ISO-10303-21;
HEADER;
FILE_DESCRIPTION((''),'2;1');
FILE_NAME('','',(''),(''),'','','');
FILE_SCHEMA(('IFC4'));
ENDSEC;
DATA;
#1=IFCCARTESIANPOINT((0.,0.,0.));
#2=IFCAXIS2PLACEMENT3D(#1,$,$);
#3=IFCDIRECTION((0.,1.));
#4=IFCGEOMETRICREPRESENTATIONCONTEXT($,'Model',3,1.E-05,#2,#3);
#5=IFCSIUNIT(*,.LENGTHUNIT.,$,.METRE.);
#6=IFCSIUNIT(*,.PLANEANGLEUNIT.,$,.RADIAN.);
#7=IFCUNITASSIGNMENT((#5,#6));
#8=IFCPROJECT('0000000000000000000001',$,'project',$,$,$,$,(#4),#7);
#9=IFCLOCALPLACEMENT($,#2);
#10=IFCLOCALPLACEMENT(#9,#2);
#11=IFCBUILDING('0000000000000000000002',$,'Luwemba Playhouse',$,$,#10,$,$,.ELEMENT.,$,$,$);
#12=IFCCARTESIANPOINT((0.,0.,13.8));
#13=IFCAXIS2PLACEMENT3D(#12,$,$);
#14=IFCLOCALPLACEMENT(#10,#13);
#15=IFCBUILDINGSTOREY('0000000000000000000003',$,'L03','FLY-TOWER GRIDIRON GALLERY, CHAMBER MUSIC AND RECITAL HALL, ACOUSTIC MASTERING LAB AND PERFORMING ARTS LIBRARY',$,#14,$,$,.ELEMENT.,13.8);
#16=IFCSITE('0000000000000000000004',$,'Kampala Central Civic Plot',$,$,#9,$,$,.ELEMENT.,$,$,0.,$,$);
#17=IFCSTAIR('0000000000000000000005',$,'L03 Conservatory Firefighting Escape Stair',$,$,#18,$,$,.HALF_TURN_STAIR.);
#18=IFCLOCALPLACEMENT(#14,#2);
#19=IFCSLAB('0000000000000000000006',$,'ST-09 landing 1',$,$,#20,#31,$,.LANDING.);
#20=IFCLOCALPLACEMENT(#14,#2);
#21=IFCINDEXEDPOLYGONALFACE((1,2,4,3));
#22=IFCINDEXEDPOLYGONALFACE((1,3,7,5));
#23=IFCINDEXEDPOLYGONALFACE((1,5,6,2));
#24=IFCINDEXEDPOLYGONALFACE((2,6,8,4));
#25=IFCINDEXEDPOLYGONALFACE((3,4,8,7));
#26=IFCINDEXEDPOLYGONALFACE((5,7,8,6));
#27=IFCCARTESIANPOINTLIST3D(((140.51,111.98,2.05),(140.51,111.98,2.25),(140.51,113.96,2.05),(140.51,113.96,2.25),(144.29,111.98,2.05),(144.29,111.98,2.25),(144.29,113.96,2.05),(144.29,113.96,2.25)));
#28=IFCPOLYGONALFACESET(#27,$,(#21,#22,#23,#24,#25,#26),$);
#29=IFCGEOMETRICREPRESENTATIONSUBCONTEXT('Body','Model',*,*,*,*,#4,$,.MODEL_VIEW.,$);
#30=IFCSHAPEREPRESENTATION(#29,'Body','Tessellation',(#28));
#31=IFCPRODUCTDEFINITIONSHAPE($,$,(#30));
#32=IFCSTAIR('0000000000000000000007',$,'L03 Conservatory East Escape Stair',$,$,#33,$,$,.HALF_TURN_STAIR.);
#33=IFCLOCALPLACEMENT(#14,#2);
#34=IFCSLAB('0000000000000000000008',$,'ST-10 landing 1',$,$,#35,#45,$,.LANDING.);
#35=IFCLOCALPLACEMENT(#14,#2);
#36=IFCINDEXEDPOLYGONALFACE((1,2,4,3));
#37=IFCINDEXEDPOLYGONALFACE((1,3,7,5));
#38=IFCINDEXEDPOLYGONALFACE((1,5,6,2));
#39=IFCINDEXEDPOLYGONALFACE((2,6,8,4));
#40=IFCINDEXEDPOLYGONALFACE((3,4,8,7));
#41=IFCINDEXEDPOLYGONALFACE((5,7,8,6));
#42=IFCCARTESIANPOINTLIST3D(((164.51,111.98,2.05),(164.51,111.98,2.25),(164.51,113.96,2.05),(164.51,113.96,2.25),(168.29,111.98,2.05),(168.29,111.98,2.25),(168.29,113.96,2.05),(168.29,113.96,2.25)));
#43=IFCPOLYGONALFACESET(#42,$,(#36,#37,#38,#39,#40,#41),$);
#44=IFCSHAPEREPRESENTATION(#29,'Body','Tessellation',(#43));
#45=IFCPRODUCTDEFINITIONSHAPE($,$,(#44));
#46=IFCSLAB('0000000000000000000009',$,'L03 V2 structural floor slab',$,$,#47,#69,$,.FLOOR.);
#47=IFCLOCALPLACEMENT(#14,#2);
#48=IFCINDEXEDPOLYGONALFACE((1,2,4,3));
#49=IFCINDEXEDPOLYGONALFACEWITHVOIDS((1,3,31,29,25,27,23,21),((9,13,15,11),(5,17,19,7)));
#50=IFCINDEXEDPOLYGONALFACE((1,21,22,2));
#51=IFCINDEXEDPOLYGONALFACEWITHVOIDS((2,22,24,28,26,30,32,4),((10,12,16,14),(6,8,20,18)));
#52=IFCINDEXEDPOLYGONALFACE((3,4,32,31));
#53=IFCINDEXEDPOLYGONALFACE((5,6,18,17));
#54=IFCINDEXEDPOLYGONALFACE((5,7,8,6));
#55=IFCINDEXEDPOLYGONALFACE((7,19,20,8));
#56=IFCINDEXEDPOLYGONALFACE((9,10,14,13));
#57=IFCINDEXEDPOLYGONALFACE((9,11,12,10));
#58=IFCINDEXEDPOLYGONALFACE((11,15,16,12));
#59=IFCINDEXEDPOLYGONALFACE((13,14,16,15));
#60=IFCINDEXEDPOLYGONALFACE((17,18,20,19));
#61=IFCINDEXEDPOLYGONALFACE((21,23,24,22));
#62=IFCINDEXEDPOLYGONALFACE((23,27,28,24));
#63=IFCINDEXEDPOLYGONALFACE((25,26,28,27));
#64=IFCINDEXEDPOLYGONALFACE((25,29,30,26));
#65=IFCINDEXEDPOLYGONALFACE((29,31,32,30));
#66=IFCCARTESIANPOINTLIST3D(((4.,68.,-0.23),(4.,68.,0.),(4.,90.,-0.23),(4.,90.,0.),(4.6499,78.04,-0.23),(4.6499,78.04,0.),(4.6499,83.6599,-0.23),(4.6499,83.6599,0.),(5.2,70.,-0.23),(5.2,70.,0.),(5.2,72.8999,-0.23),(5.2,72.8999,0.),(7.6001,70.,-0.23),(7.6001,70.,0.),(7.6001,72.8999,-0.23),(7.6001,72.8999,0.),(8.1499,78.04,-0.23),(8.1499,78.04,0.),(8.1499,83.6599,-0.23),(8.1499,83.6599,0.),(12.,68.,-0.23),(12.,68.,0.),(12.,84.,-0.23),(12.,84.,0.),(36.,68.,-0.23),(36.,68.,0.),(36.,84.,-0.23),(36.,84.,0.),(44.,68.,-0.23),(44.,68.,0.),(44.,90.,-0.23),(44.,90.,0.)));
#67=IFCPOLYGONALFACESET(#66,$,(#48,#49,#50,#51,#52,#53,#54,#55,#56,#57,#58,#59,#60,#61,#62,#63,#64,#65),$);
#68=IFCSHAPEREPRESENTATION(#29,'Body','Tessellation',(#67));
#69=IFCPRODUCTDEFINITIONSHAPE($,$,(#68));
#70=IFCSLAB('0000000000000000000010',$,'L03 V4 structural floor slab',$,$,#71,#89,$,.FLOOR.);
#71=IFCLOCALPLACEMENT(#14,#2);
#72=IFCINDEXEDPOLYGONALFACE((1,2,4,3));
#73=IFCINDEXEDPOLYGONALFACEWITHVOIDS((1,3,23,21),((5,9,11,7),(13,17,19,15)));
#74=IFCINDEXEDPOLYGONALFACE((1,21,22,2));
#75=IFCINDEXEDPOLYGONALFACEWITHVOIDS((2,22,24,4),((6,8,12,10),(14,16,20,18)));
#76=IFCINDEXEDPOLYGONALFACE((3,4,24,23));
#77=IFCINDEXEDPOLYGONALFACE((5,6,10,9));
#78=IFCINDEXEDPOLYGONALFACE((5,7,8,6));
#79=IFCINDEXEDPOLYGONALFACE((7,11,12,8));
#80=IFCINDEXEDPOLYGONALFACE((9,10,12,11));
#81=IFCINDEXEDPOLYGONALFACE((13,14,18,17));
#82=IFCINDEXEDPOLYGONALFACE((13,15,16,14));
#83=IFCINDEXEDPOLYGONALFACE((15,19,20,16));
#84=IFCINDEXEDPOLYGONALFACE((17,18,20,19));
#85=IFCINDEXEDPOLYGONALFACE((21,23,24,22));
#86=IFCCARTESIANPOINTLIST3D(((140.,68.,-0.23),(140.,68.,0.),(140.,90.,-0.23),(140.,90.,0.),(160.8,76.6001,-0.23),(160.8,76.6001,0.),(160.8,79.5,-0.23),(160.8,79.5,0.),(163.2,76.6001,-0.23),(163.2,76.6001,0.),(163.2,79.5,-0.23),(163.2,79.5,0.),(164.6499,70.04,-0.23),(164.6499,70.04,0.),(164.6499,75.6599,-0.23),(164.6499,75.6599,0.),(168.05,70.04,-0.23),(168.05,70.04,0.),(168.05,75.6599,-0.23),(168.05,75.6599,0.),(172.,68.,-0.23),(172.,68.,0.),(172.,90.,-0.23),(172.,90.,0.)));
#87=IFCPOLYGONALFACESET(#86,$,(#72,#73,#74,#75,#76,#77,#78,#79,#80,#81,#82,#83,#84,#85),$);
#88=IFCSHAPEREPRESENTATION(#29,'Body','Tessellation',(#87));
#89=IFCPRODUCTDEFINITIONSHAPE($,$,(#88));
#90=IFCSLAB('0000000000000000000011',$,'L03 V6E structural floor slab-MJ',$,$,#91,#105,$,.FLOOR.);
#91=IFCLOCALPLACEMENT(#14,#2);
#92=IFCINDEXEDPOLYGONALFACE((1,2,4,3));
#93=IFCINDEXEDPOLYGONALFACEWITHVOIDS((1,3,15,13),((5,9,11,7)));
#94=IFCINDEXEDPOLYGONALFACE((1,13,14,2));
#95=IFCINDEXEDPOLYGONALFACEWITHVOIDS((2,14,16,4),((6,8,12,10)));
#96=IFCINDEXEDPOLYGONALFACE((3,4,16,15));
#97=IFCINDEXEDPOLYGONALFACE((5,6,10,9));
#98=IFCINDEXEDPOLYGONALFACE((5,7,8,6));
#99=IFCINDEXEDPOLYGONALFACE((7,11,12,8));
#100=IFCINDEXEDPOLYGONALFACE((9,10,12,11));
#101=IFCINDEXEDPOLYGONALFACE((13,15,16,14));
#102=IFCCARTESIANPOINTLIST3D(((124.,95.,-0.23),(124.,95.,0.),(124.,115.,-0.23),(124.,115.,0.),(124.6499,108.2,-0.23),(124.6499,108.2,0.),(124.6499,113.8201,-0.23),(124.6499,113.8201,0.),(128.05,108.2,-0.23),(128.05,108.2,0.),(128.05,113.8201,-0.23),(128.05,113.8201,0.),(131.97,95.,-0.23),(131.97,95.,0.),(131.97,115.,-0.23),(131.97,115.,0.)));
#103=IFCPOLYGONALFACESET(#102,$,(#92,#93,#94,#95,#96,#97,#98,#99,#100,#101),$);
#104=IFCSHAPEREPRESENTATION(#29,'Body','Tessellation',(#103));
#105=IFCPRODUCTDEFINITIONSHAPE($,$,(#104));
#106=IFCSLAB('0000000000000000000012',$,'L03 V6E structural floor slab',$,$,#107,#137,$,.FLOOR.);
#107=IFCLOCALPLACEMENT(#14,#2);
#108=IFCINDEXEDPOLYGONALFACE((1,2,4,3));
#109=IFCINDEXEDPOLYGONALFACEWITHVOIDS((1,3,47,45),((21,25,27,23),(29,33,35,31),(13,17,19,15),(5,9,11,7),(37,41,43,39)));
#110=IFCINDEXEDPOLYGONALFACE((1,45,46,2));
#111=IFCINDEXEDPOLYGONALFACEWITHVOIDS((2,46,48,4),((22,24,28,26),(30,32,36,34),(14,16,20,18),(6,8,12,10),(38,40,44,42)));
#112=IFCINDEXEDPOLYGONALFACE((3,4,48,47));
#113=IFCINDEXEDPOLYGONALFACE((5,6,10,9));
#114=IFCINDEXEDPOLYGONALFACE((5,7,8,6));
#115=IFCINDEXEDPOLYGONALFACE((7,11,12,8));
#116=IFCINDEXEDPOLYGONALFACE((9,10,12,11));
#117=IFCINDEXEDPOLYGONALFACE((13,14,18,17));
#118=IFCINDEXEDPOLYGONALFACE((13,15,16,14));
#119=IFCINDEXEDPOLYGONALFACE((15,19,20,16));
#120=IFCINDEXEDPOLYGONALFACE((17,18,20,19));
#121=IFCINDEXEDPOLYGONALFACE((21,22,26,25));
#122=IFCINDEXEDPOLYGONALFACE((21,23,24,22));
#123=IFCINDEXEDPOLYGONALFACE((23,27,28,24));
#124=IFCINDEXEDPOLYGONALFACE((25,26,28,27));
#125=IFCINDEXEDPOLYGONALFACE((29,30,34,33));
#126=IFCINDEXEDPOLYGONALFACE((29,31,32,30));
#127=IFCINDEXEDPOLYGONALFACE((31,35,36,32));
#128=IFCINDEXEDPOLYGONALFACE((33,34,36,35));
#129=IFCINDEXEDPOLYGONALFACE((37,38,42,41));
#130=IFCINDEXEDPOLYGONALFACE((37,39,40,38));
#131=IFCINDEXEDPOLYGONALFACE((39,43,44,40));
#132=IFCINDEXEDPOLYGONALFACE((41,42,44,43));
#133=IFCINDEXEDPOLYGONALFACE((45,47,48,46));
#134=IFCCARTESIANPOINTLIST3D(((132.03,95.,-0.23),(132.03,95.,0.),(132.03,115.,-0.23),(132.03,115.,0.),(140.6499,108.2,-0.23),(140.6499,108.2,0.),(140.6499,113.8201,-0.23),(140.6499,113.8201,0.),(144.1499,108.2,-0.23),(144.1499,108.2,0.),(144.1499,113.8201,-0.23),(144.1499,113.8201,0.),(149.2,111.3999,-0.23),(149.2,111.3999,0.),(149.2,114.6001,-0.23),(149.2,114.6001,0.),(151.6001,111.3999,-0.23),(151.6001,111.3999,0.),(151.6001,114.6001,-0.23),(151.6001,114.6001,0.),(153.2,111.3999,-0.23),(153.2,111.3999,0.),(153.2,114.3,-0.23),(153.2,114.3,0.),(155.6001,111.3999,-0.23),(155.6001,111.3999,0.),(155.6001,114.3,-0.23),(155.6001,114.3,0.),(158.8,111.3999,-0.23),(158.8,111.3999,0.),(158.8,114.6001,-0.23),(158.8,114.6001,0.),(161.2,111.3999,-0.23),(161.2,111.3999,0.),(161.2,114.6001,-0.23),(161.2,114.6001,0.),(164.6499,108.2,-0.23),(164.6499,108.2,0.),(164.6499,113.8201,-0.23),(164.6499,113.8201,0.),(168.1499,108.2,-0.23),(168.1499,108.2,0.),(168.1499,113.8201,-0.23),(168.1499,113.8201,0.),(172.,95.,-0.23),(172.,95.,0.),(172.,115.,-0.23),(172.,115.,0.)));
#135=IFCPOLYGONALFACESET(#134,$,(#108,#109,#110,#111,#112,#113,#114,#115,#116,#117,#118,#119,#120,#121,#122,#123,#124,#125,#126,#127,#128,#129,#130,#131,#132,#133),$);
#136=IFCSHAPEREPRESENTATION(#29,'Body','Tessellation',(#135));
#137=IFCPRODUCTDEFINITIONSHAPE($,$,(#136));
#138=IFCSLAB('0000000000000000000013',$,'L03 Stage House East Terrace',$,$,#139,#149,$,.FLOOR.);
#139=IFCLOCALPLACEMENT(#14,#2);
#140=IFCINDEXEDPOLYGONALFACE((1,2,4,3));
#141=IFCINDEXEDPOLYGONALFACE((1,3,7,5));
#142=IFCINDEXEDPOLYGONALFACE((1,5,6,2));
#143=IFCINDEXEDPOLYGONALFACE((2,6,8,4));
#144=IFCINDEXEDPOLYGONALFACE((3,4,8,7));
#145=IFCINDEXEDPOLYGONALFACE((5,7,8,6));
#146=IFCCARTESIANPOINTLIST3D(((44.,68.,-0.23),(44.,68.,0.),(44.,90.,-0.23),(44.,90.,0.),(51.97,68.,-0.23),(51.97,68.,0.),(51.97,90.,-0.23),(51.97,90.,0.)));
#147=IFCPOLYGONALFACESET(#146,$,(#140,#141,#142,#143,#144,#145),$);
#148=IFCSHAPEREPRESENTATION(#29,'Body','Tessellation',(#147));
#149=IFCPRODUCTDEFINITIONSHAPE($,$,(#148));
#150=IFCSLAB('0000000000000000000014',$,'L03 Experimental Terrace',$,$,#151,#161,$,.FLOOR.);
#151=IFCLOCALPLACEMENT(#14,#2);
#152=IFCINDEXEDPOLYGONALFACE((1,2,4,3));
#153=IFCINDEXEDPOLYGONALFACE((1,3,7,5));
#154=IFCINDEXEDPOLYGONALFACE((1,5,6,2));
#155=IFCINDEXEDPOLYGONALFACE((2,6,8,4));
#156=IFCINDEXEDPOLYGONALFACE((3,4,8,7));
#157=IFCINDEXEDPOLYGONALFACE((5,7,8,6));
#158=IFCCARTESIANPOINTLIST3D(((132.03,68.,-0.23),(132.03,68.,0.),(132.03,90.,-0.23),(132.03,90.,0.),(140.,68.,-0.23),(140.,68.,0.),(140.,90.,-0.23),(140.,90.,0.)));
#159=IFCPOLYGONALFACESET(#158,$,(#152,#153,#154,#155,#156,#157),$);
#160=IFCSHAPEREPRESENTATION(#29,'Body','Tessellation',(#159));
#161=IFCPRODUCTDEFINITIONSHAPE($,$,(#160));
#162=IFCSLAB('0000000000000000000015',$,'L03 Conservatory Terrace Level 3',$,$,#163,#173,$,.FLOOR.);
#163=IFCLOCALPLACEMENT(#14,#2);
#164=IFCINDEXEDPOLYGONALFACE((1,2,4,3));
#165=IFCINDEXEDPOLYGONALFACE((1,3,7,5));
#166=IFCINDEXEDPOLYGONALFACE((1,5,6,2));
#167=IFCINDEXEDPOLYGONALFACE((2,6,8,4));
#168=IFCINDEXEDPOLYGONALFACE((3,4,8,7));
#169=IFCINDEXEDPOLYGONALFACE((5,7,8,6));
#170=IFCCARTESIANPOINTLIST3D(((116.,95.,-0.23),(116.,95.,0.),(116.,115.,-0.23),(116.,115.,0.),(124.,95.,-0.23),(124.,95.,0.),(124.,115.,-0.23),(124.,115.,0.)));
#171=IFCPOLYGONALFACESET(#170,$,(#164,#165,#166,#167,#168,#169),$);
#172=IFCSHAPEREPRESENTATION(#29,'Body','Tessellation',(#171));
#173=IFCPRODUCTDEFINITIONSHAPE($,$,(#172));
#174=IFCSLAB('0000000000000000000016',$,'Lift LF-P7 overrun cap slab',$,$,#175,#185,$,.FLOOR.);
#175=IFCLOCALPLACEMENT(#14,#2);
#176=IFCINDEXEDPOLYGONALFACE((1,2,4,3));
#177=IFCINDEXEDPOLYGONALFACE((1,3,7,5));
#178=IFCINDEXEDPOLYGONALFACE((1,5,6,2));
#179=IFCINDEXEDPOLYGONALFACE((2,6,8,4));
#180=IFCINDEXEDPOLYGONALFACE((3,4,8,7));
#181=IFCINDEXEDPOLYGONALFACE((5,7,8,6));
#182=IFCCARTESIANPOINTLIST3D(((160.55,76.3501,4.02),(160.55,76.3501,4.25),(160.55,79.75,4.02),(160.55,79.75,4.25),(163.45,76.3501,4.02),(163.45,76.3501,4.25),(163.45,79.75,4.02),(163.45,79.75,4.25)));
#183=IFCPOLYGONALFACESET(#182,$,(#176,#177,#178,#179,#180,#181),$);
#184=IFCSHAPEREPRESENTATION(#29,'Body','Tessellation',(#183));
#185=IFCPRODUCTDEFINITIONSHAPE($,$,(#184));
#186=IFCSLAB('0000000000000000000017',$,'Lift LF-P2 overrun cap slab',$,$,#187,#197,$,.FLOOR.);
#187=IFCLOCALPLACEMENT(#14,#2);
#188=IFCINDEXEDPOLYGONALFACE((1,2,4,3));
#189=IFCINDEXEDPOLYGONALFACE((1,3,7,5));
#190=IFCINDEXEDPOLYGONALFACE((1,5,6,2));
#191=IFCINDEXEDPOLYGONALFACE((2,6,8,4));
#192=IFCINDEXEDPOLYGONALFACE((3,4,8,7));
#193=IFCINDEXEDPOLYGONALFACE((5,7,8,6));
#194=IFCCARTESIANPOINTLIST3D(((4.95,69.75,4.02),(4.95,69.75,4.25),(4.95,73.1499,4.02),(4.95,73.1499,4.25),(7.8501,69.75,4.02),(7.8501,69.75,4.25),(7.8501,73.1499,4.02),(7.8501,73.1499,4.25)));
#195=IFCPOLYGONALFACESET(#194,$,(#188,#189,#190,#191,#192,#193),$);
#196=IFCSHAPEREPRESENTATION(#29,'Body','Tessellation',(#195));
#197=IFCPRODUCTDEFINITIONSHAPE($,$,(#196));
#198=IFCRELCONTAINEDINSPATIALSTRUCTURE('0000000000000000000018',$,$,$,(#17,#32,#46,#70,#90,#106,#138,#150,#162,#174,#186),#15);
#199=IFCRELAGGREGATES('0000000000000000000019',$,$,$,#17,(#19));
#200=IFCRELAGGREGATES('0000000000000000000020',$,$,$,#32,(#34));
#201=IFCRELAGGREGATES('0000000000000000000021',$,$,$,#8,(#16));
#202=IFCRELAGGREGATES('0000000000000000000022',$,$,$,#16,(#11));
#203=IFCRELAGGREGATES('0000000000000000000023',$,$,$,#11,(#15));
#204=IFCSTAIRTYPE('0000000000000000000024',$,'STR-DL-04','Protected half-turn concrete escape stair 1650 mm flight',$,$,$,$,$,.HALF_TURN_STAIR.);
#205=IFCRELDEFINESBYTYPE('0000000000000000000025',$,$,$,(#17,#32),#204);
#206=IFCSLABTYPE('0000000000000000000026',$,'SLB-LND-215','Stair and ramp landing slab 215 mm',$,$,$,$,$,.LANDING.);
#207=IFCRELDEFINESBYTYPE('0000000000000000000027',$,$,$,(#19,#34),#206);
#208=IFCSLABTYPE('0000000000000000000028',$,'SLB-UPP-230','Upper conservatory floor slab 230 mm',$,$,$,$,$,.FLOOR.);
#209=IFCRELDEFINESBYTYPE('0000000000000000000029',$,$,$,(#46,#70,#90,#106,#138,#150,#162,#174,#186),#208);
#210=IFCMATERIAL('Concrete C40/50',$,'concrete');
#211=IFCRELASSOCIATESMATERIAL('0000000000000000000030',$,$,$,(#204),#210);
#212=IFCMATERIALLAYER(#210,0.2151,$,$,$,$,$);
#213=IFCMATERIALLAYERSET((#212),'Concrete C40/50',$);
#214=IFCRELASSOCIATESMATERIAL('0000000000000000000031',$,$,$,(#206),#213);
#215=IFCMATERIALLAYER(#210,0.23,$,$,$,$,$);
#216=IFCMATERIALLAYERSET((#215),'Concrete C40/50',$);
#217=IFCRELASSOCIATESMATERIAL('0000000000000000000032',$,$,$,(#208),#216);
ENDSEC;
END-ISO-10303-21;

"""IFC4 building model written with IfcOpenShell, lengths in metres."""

from ifc_helpers import new_model, si_unit, direction, frame, origin, place, context, subcontext, project, spatial, polyline, outline, extrude, material, layer, layer_set, type_object, element, aggregate, save


model = new_model("IFC4")

# Units and contexts
model_context = context("Model", 3, precision=1e-05, world=origin(), true_north=direction((0.0, 1.0)))
body_context = subcontext(model_context, "Body", "Model", "MODEL_VIEW")
ifc_project = project(units=[si_unit("LENGTHUNIT", "METRE"), si_unit("PLANEANGLEUNIT", "RADIAN")], contexts=[model_context])

# Site, building, storey
site_placement = place(None, origin())
site = spatial("IfcSite", under=ifc_project, at=site_placement, Name="Kampala Central Civic Plot", CompositionType="ELEMENT", RefElevation=0.0)
building_placement = place(site_placement, origin())
building = spatial("IfcBuilding", under=site, at=building_placement, Name="Luwemba Playhouse", CompositionType="ELEMENT")
storey_placement = place(building_placement, frame((0.0, 0.0, 13.8)))
storey = spatial("IfcBuildingStorey", under=building, at=storey_placement, Name="L03", Description="FLY-TOWER GRIDIRON GALLERY, CHAMBER MUSIC AND RECITAL HALL, ACOUSTIC MASTERING LAB AND PERFORMING ARTS LIBRARY", CompositionType="ELEMENT", Elevation=13.8)

# Stairs, slabs
ifc_material_1 = material(Name="Concrete C40/50", Category="concrete")
stair_type = type_object("IfcStairType", Name="STR-DL-04", Description="Protected half-turn concrete escape stair 1650 mm flight", PredefinedType="HALF_TURN_STAIR", material=ifc_material_1)
stair_1_placement = place(storey_placement, origin())
stair_1 = element("IfcStair", 1, at=stair_1_placement, inside=storey, type_object=stair_type, Name="L03 Conservatory Firefighting Escape Stair", PredefinedType="HALF_TURN_STAIR")
ifc_layer_1 = layer(ifc_material_1, 0.2151)
ifc_layer_set_1 = layer_set([ifc_layer_1], Name="Concrete C40/50")
slab_type_1 = type_object("IfcSlabType", Name="SLB-LND-215", Description="Stair and ramp landing slab 215 mm", PredefinedType="LANDING", material=ifc_layer_set_1)
slab_1_placement = place(storey_placement, frame((0.0, 0.0, 2.05)))
slab_1 = element("IfcSlab", 2, at=slab_1_placement, type_object=slab_type_1, Name="ST-09 landing 1", PredefinedType="LANDING", context=body_context, shape_type="SweptSolid", body=[
    extrude(outline(polyline([(144.29, 111.98), (140.51, 111.98), (140.51, 113.96), (144.29, 113.96), (144.29, 111.98)])), origin(), (0.0, 0.0, 1.0), 0.2),
])
aggregate(stair_1, [slab_1])
stair_2_placement = place(storey_placement, origin())
stair_2 = element("IfcStair", 3, at=stair_2_placement, inside=storey, type_object=stair_type, Name="L03 Conservatory East Escape Stair", PredefinedType="HALF_TURN_STAIR")
slab_2_placement = place(storey_placement, frame((0.0, 0.0, 2.05)))
slab_2 = element("IfcSlab", 4, at=slab_2_placement, type_object=slab_type_1, Name="ST-10 landing 1", PredefinedType="LANDING", context=body_context, shape_type="SweptSolid", body=[
    extrude(outline(polyline([(168.29, 111.98), (164.51, 111.98), (164.51, 113.96), (168.29, 113.96), (168.29, 111.98)])), origin(), (0.0, 0.0, 1.0), 0.2),
])
aggregate(stair_2, [slab_2])

# Slabs
ifc_layer_2 = layer(ifc_material_1, 0.23)
ifc_layer_set_2 = layer_set([ifc_layer_2], Name="Concrete C40/50")
slab_type_2 = type_object("IfcSlabType", Name="SLB-UPP-230", Description="Upper conservatory floor slab 230 mm", PredefinedType="FLOOR", material=ifc_layer_set_2)
slab_3_placement = place(storey_placement, frame((0.0, 0.0, -0.23)))
element("IfcSlab", 5, at=slab_3_placement, inside=storey, type_object=slab_type_2, Name="L03 V2 structural floor slab", PredefinedType="FLOOR", context=body_context, shape_type="SweptSolid", body=[
    extrude(outline(polyline([(4.0, 90.0), (44.0, 90.0), (44.0, 68.0), (36.0, 68.0), (36.0, 84.0), (12.0, 84.0), (12.0, 68.0), (4.0, 68.0), (4.0, 90.0)]), holes=[polyline([(7.6001, 70.0), (7.6001, 72.8999), (5.2, 72.8999), (5.2, 70.0), (7.6001, 70.0)]), polyline([(8.1499, 78.04), (8.1499, 83.6599), (4.6499, 83.6599), (4.6499, 78.04), (8.1499, 78.04)])]), origin(), (0.0, 0.0, 1.0), 0.23),
])
slab_4_placement = place(storey_placement, frame((0.0, 0.0, -0.23)))
element("IfcSlab", 6, at=slab_4_placement, inside=storey, type_object=slab_type_2, Name="L03 V4 structural floor slab", PredefinedType="FLOOR", context=body_context, shape_type="SweptSolid", body=[
    extrude(outline(polyline([(172.0, 90.0), (172.0, 68.0), (140.0, 68.0), (140.0, 90.0), (172.0, 90.0)]), holes=[polyline([(168.05, 75.6599), (164.6499, 75.6599), (164.6499, 70.04), (168.05, 70.04), (168.05, 75.6599)]), polyline([(163.2, 76.6001), (163.2, 79.5), (160.8, 79.5), (160.8, 76.6001), (163.2, 76.6001)])]), origin(), (0.0, 0.0, 1.0), 0.23),
])
slab_5_placement = place(storey_placement, frame((0.0, 0.0, -0.23)))
element("IfcSlab", 7, at=slab_5_placement, inside=storey, type_object=slab_type_2, Name="L03 V6E structural floor slab-MJ", PredefinedType="FLOOR", context=body_context, shape_type="SweptSolid", body=[
    extrude(outline(polyline([(131.97, 115.0), (131.97, 95.0), (124.0, 95.0), (124.0, 115.0), (131.97, 115.0)]), holes=[polyline([(128.05, 108.2), (128.05, 113.8201), (124.6499, 113.8201), (124.6499, 108.2), (128.05, 108.2)])]), origin(), (0.0, 0.0, 1.0), 0.23),
])
slab_6_placement = place(storey_placement, frame((0.0, 0.0, -0.23)))
element("IfcSlab", 8, at=slab_6_placement, inside=storey, type_object=slab_type_2, Name="L03 V6E structural floor slab", PredefinedType="FLOOR", context=body_context, shape_type="SweptSolid", body=[
    extrude(outline(polyline([(172.0, 115.0), (172.0, 95.0), (132.03, 95.0), (132.03, 115.0), (172.0, 115.0)]), holes=[polyline([(140.6499, 108.2), (144.1499, 108.2), (144.1499, 113.8201), (140.6499, 113.8201), (140.6499, 108.2)]), polyline([(164.6499, 108.2), (168.1499, 108.2), (168.1499, 113.8201), (164.6499, 113.8201), (164.6499, 108.2)]), polyline([(153.2, 111.3999), (155.6001, 111.3999), (155.6001, 114.3), (153.2, 114.3), (153.2, 111.3999)]), polyline([(149.2, 114.6001), (149.2, 111.3999), (151.6001, 111.3999), (151.6001, 114.6001), (149.2, 114.6001)]), polyline([(158.8, 114.6001), (158.8, 111.3999), (161.2, 111.3999), (161.2, 114.6001), (158.8, 114.6001)])]), origin(), (0.0, 0.0, 1.0), 0.23),
])
slab_7_placement = place(storey_placement, frame((0.0, 0.0, -0.23)))
element("IfcSlab", 9, at=slab_7_placement, inside=storey, type_object=slab_type_2, Name="L03 Stage House East Terrace", PredefinedType="FLOOR", context=body_context, shape_type="SweptSolid", body=[
    extrude(outline(polyline([(44.0, 68.0), (51.97, 68.0), (51.97, 90.0), (44.0, 90.0), (44.0, 68.0)])), origin(), (0.0, 0.0, 1.0), 0.23),
])
slab_8_placement = place(storey_placement, frame((0.0, 0.0, -0.23)))
element("IfcSlab", 10, at=slab_8_placement, inside=storey, type_object=slab_type_2, Name="L03 Experimental Terrace", PredefinedType="FLOOR", context=body_context, shape_type="SweptSolid", body=[
    extrude(outline(polyline([(132.03, 68.0), (140.0, 68.0), (140.0, 90.0), (132.03, 90.0), (132.03, 68.0)])), origin(), (0.0, 0.0, 1.0), 0.23),
])
slab_9_placement = place(storey_placement, frame((0.0, 0.0, -0.23)))
element("IfcSlab", 11, at=slab_9_placement, inside=storey, type_object=slab_type_2, Name="L03 Conservatory Terrace Level 3", PredefinedType="FLOOR", context=body_context, shape_type="SweptSolid", body=[
    extrude(outline(polyline([(116.0, 95.0), (124.0, 95.0), (124.0, 115.0), (116.0, 115.0), (116.0, 95.0)])), origin(), (0.0, 0.0, 1.0), 0.23),
])
slab_10_placement = place(storey_placement, frame((0.0, 0.0, 4.02)))
element("IfcSlab", 12, at=slab_10_placement, inside=storey, type_object=slab_type_2, Name="Lift LF-P7 overrun cap slab", PredefinedType="FLOOR", context=body_context, shape_type="SweptSolid", body=[
    extrude(outline(polyline([(160.55, 76.3501), (163.45, 76.3501), (163.45, 79.75), (160.55, 79.75), (160.55, 76.3501)])), origin(), (0.0, 0.0, 1.0), 0.23),
])
slab_11_placement = place(storey_placement, frame((0.0, 0.0, 4.02)))
element("IfcSlab", 13, at=slab_11_placement, inside=storey, type_object=slab_type_2, Name="Lift LF-P2 overrun cap slab", PredefinedType="FLOOR", context=body_context, shape_type="SweptSolid", body=[
    extrude(outline(polyline([(4.95, 69.75), (7.8501, 69.75), (7.8501, 73.1499), (4.95, 73.1499), (4.95, 69.75)])), origin(), (0.0, 0.0, 1.0), 0.23),
])

save(model, "model.ifc")
